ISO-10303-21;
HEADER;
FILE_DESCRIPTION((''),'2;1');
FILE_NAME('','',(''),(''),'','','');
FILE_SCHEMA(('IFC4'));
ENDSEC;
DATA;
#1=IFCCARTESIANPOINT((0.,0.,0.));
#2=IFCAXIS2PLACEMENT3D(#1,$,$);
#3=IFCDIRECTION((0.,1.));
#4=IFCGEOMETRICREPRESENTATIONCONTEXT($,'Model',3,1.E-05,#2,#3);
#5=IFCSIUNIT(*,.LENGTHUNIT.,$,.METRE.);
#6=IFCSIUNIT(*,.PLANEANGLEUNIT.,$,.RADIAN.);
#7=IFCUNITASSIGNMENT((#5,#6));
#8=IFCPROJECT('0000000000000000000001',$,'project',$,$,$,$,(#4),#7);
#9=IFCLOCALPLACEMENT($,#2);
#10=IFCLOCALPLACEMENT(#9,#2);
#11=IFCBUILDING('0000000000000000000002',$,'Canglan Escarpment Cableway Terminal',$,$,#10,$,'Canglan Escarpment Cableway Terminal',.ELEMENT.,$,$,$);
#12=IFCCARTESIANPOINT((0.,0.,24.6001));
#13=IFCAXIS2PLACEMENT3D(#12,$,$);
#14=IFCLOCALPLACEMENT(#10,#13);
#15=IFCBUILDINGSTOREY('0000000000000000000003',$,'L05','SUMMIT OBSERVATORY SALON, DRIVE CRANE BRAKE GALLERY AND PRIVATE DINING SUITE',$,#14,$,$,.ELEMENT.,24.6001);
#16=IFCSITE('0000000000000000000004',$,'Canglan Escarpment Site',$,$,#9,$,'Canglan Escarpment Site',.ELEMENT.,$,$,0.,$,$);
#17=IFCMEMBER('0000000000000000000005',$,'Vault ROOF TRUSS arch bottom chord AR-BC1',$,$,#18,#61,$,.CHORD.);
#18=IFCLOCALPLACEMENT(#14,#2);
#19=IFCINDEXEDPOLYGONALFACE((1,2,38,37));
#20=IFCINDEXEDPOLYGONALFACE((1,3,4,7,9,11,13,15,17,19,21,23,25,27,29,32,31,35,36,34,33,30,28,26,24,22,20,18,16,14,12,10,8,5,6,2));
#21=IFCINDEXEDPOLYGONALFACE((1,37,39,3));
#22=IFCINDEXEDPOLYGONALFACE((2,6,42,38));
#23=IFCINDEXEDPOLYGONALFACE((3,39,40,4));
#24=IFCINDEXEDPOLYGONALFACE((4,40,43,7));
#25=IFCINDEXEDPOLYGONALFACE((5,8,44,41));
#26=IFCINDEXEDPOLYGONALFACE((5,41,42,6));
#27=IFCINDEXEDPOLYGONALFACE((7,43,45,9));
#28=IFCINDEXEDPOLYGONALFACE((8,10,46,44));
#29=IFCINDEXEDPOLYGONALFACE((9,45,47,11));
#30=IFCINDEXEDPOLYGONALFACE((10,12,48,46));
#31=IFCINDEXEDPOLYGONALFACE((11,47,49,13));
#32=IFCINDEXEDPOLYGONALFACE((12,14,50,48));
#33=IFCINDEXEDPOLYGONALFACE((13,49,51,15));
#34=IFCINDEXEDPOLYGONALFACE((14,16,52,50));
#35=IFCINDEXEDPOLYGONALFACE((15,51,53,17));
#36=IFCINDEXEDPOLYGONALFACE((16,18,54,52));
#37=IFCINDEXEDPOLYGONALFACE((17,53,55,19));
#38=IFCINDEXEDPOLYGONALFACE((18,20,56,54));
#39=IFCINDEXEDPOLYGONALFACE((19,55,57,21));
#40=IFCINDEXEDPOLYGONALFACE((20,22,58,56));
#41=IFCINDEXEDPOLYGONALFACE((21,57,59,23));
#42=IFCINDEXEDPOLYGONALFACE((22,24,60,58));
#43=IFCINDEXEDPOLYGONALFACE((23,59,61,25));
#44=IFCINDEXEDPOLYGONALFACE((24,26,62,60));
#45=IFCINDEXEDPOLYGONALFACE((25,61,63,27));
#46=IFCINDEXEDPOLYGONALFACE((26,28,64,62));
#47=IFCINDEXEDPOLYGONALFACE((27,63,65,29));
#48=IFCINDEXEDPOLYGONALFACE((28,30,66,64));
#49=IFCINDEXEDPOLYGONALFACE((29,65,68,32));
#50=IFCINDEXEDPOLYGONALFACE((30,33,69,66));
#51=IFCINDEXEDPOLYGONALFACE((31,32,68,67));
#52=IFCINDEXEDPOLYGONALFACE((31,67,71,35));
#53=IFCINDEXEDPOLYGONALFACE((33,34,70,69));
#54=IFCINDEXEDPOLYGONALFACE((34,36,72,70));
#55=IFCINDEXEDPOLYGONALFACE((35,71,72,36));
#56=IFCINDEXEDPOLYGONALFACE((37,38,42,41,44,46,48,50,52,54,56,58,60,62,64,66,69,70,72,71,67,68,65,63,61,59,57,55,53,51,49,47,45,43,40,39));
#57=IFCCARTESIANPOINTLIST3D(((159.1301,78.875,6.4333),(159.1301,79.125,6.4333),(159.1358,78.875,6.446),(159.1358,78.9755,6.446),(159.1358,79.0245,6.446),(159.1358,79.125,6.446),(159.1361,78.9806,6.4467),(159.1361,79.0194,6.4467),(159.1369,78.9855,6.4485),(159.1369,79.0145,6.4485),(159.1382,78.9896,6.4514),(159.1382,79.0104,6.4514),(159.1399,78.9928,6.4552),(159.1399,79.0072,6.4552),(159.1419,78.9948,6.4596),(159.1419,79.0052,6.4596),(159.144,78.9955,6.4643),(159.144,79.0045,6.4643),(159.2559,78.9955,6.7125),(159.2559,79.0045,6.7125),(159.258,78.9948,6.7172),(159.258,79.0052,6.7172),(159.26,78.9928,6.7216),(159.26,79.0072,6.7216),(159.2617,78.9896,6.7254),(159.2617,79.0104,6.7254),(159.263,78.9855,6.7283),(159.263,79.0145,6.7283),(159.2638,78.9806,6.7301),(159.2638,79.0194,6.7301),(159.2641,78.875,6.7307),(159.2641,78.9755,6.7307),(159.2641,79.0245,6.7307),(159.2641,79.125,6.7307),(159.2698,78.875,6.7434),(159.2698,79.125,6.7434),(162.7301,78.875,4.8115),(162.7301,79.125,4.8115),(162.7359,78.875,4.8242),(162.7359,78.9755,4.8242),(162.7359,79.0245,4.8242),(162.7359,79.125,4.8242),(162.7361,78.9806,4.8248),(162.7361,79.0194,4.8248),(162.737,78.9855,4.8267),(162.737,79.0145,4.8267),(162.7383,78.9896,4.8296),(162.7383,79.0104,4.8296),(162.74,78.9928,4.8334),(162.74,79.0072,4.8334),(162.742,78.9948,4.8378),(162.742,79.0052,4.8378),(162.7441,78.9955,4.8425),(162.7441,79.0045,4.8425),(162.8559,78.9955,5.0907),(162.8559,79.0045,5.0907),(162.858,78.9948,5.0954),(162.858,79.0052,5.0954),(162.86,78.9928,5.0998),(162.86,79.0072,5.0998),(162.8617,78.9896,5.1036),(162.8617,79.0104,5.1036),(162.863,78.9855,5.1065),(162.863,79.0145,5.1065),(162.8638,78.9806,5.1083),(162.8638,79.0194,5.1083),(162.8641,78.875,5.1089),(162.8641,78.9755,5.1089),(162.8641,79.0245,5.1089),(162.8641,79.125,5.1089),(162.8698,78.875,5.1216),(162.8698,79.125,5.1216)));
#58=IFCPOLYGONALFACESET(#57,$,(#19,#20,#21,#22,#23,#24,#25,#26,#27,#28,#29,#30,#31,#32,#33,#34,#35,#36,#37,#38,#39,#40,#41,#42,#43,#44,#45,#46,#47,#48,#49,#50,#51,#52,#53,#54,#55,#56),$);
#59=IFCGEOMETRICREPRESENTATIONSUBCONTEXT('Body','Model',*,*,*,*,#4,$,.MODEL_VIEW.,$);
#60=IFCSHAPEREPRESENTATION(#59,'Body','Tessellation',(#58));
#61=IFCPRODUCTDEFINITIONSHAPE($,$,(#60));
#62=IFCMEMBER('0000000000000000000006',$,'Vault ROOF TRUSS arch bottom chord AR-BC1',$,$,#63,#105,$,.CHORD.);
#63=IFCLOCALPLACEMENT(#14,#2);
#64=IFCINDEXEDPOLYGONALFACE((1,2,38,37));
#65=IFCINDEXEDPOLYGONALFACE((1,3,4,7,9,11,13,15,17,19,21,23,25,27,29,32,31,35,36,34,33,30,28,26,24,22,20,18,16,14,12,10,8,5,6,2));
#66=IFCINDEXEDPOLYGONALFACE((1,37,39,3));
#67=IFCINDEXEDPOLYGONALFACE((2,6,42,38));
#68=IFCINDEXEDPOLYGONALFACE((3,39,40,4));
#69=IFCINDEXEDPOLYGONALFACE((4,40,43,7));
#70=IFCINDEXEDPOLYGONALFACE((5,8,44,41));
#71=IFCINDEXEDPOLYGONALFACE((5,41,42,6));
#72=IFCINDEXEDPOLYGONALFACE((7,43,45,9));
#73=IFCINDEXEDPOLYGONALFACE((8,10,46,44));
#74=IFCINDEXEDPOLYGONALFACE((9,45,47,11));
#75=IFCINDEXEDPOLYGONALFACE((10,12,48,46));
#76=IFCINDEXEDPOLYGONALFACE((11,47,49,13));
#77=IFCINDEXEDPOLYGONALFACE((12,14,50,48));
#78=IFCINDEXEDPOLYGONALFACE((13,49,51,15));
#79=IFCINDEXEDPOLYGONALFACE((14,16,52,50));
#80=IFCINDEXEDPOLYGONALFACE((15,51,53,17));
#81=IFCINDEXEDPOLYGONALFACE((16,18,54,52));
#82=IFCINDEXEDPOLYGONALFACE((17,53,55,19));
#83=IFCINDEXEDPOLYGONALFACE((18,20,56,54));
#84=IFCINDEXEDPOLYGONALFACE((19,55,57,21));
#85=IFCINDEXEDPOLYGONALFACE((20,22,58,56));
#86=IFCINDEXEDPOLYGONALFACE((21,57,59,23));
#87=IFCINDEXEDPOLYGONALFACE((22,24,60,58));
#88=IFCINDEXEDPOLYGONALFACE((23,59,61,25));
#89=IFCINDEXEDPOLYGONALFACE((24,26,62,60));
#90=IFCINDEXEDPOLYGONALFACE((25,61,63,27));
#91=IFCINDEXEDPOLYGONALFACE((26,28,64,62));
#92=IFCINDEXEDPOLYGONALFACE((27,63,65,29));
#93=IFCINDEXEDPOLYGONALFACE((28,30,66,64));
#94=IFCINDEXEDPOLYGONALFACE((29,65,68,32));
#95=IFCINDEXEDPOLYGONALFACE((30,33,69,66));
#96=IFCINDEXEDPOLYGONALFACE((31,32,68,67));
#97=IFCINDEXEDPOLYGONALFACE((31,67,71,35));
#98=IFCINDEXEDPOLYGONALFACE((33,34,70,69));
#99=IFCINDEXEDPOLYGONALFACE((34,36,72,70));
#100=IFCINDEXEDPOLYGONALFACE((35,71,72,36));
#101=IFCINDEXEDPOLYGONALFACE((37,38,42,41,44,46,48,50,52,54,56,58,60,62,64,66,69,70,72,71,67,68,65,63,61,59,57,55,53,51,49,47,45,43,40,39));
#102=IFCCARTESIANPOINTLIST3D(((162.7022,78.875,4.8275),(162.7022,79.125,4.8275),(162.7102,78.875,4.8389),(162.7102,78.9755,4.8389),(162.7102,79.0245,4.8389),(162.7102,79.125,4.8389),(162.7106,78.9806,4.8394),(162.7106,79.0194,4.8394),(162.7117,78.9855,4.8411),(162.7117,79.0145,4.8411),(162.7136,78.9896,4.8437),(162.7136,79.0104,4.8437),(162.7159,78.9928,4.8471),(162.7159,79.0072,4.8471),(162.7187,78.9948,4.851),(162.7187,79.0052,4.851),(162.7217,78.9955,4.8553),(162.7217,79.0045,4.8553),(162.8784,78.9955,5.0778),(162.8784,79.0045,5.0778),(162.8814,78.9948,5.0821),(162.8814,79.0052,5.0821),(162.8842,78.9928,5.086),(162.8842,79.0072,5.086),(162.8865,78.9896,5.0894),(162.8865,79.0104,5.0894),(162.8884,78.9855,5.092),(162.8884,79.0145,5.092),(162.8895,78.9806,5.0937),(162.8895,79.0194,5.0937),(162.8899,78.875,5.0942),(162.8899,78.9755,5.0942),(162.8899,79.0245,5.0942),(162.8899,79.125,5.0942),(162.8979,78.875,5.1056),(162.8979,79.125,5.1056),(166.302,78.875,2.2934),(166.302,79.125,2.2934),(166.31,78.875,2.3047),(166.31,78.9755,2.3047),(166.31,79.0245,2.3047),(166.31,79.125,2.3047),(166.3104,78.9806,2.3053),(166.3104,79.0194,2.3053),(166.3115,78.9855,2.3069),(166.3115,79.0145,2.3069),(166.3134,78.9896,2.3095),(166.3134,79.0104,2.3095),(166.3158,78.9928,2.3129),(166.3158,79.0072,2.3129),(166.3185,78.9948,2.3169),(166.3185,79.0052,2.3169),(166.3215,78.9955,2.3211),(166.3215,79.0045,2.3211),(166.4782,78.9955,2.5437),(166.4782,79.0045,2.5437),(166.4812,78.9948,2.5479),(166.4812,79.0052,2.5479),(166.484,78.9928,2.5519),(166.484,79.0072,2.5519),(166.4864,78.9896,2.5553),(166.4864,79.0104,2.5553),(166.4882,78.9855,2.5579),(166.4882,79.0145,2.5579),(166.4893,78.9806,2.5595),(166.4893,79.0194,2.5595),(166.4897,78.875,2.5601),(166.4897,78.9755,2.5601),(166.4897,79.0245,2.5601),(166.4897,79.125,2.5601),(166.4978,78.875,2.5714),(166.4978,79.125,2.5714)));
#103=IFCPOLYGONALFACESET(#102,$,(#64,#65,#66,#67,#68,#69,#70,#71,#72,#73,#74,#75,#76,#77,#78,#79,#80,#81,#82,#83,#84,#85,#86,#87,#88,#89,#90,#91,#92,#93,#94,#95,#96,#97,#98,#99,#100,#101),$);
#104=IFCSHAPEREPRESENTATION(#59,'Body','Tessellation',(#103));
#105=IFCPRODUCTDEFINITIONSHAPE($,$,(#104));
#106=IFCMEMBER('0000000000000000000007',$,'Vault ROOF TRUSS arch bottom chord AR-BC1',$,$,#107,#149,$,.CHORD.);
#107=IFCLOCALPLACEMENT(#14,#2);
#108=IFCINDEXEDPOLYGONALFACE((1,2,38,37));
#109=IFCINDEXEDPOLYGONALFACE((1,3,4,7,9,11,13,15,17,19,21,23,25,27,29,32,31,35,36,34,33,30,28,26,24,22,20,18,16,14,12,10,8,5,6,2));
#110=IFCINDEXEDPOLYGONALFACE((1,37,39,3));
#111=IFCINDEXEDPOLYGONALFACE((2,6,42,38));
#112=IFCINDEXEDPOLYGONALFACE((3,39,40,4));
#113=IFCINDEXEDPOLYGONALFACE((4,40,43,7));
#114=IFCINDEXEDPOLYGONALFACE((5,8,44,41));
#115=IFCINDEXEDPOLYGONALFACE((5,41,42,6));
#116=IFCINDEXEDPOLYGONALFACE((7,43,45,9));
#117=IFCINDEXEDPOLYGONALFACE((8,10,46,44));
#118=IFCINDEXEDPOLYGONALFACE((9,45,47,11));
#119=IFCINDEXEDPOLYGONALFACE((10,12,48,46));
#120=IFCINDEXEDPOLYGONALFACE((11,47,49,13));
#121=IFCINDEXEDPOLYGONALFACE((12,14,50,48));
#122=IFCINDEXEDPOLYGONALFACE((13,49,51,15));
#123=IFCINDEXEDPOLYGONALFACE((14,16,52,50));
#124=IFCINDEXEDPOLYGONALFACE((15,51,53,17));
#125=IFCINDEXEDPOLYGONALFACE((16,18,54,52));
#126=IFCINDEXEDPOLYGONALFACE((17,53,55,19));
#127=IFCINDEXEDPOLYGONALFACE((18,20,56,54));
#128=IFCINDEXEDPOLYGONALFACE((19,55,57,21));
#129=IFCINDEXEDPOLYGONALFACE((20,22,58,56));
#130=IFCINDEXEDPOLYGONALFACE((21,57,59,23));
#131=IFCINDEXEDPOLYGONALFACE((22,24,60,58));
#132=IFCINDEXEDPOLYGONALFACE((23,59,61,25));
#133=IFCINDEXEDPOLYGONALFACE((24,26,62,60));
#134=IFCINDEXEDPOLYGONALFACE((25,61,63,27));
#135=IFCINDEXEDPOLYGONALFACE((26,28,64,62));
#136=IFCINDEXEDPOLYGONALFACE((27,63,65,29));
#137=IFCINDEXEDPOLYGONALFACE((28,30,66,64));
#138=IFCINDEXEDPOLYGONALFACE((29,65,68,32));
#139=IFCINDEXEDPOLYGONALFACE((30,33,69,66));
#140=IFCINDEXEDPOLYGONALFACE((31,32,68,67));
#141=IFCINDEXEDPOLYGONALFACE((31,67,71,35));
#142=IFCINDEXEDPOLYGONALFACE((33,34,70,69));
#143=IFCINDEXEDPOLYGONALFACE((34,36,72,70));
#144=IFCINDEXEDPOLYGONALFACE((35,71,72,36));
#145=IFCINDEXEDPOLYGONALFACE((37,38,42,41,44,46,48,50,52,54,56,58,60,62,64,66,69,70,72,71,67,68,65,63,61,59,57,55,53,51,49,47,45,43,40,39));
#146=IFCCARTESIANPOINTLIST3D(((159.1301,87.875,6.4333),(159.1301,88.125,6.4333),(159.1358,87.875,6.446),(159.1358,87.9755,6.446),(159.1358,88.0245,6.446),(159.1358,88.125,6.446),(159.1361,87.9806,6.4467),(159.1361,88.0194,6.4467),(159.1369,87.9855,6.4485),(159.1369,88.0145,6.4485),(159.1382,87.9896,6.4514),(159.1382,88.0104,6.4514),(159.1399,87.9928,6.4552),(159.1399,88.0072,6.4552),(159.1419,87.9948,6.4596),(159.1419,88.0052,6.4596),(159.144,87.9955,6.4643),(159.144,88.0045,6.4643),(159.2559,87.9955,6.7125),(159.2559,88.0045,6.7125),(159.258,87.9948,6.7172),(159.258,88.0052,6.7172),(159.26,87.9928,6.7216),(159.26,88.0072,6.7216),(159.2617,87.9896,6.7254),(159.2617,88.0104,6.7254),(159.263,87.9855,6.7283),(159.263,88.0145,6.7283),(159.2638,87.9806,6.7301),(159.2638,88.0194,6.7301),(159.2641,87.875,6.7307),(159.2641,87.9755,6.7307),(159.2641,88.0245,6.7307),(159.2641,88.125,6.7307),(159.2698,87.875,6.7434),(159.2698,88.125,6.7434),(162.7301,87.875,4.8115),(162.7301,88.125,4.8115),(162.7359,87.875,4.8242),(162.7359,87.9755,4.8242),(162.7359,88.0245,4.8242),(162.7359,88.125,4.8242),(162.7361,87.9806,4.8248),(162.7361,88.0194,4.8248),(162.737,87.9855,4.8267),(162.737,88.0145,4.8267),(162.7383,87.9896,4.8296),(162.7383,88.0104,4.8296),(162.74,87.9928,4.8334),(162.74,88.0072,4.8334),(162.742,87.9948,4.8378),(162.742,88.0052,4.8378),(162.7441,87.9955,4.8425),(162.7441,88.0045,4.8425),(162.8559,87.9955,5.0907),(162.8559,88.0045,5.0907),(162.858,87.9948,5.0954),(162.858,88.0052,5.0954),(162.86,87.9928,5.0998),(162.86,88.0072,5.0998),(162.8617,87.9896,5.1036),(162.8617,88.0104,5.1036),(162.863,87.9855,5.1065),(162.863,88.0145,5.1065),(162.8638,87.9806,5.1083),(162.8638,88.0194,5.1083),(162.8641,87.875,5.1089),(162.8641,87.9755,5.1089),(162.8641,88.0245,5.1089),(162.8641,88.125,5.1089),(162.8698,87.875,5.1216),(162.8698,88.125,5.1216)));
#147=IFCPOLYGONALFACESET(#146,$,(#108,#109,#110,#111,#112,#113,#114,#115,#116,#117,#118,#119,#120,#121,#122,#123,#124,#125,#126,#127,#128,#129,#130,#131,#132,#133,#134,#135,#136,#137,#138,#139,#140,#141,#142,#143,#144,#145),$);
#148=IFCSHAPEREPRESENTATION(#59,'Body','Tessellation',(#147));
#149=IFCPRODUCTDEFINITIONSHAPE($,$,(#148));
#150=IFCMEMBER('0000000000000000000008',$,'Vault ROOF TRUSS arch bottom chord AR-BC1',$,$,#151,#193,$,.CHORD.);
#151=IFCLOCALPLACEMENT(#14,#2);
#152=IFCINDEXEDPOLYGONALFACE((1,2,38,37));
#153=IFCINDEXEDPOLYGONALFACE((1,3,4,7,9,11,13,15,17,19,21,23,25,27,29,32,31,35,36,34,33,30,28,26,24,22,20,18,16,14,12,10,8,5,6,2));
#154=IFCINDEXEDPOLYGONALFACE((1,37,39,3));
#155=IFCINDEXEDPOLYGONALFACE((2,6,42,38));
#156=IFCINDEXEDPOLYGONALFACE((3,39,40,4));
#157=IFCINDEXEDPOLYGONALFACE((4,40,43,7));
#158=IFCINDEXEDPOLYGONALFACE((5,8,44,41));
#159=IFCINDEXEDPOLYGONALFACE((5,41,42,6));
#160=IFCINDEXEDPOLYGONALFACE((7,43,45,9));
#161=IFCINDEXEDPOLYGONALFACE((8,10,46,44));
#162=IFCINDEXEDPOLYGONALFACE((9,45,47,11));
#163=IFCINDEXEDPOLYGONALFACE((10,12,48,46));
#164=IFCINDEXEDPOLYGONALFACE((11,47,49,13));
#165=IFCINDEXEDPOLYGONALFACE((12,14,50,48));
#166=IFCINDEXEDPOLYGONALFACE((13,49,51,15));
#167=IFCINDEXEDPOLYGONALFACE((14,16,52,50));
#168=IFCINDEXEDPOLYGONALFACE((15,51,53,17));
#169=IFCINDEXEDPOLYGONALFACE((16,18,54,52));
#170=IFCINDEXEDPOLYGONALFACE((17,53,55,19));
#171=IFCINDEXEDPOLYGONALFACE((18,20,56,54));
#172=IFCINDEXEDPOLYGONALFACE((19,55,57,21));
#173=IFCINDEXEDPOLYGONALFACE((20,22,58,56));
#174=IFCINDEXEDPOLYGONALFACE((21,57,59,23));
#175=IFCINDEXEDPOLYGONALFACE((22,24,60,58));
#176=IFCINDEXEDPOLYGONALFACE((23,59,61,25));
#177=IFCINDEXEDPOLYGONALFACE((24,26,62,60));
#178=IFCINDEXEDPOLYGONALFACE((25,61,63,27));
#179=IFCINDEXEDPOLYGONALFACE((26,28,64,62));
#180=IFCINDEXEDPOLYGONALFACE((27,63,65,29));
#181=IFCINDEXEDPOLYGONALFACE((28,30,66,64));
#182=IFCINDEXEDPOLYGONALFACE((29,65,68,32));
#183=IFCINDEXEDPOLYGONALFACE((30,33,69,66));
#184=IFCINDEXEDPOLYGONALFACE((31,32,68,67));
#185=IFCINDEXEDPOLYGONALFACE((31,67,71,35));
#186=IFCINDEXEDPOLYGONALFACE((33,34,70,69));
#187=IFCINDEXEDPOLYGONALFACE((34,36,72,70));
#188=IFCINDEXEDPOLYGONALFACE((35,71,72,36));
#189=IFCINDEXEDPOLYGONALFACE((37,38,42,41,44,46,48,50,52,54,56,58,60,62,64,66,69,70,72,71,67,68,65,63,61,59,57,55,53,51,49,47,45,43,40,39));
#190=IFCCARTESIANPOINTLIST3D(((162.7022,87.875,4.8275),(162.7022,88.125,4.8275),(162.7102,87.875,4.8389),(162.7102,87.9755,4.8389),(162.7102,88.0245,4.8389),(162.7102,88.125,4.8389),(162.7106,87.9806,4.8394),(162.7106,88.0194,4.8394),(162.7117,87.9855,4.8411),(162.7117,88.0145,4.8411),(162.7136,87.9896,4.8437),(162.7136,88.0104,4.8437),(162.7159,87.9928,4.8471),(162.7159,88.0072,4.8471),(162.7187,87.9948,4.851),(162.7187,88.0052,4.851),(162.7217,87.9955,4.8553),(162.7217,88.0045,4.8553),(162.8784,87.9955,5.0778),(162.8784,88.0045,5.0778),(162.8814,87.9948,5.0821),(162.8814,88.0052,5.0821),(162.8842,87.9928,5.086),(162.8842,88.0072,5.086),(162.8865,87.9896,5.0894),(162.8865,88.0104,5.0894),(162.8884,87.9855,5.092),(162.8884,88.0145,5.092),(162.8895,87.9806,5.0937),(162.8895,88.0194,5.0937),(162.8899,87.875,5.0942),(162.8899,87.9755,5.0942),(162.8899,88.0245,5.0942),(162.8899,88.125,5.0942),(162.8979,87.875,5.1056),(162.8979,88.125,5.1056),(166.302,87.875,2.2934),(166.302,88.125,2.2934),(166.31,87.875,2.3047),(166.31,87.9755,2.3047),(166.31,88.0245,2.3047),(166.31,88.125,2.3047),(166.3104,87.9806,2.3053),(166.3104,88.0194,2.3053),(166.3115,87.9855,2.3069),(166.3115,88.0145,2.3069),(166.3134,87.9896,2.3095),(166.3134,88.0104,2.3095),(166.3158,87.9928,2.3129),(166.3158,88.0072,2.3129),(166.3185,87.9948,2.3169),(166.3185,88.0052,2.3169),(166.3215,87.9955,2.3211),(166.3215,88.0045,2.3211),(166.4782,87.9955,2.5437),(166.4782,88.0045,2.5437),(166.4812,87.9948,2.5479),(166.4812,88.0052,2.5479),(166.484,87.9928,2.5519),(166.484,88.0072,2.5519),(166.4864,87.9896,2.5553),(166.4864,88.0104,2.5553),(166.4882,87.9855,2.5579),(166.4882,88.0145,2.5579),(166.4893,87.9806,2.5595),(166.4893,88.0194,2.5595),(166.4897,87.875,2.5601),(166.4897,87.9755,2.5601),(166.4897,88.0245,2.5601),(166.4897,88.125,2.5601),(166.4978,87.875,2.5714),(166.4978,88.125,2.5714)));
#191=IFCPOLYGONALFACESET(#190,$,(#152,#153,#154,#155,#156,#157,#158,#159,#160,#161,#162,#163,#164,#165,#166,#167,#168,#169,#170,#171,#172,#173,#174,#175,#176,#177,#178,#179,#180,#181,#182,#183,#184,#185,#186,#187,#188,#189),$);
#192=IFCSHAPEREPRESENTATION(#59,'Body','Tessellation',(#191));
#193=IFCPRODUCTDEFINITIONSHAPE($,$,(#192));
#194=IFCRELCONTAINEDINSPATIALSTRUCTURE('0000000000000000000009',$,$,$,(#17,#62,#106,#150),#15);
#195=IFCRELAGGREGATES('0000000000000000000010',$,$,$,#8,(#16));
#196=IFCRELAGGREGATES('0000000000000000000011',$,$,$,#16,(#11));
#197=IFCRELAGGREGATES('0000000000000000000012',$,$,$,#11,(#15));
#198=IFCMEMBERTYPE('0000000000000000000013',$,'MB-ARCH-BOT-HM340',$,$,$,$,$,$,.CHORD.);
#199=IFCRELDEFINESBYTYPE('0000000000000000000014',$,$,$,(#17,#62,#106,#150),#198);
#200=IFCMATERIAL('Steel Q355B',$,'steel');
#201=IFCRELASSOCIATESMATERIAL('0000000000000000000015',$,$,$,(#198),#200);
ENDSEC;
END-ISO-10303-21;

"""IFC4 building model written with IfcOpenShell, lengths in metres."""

from ifc_helpers import new_model, si_unit, direction, frame, origin, origin_2d, place, context, subcontext, project, spatial, i_section, extrude, material, material_profile, profile_set, type_object, element, save


model = new_model("IFC4")

# Units and contexts
model_context = context("Model", 3, precision=1e-05, world=origin(), true_north=direction((0.0, 1.0)))
body_context = subcontext(model_context, "Body", "Model", "MODEL_VIEW")
ifc_project = project(units=[si_unit("LENGTHUNIT", "METRE"), si_unit("PLANEANGLEUNIT", "RADIAN")], contexts=[model_context])

# Site, building, storey
site_placement = place(None, origin())
site = spatial("IfcSite", under=ifc_project, at=site_placement, Name="Canglan Escarpment Site", LongName="Canglan Escarpment Site", CompositionType="ELEMENT", RefElevation=0.0)
building_placement = place(site_placement, origin())
building = spatial("IfcBuilding", under=site, at=building_placement, Name="Canglan Escarpment Cableway Terminal", LongName="Canglan Escarpment Cableway Terminal", CompositionType="ELEMENT")
storey_placement = place(building_placement, frame((0.0, 0.0, 24.6001)))
storey = spatial("IfcBuildingStorey", under=building, at=storey_placement, Name="L05", Description="SUMMIT OBSERVATORY SALON, DRIVE CRANE BRAKE GALLERY AND PRIVATE DINING SUITE", CompositionType="ELEMENT", Elevation=24.6001)

# Shared definitions
ifc_material = material(Name="Steel Q355B", Category="steel")

# Members
ifc_material_profile_1 = material_profile(ifc_material, i_section(OverallWidth=0.25, OverallDepth=0.3401, WebThickness=0.009, FlangeThickness=0.0139, FilletRadius=0.02, at=origin_2d()), Name="HM 340x250x9x14")
ifc_profile_set_1 = profile_set([ifc_material_profile_1], Name="Steel Q355B")
member_type_1 = type_object("IfcMemberType", Name="MB-ARCH-BOT-HM340", PredefinedType="CHORD", material=ifc_profile_set_1)
member_1_placement = place(storey_placement, frame((159.2, 79.0, 6.5884), z_axis=(0.911753, 0.0, -0.41074), x_axis=(0.0, 1.0, 0.0)))
element("IfcMember", 1, at=member_1_placement, inside=storey, type_object=member_type_1, Name="Vault ROOF TRUSS arch bottom chord AR-BC1", PredefinedType="CHORD", context=body_context, shape_type="SweptSolid", body=[
    extrude(i_section(OverallWidth=0.25, OverallDepth=0.3401, WebThickness=0.009, FlangeThickness=0.0139, FilletRadius=0.02, at=origin_2d()), origin(), (0.0, 0.0, 1.0), 3.9485),
])
member_2_placement = place(storey_placement, frame((162.8, 79.0, 4.9666), z_axis=(0.817705, 0.0, -0.575638), x_axis=(0.0, 1.0, 0.0)))
element("IfcMember", 2, at=member_2_placement, inside=storey, type_object=member_type_1, Name="Vault ROOF TRUSS arch bottom chord AR-BC1", PredefinedType="CHORD", context=body_context, shape_type="SweptSolid", body=[
    extrude(i_section(OverallWidth=0.25, OverallDepth=0.3401, WebThickness=0.009, FlangeThickness=0.0139, FilletRadius=0.02, at=origin_2d()), origin(), (0.0, 0.0, 1.0), 4.4023),
])
member_3_placement = place(storey_placement, frame((159.2, 88.0, 6.5884), z_axis=(0.911753, 0.0, -0.41074), x_axis=(0.0, 1.0, 0.0)))
element("IfcMember", 3, at=member_3_placement, inside=storey, type_object=member_type_1, Name="Vault ROOF TRUSS arch bottom chord AR-BC1", PredefinedType="CHORD", context=body_context, shape_type="SweptSolid", body=[
    extrude(i_section(OverallWidth=0.25, OverallDepth=0.3401, WebThickness=0.009, FlangeThickness=0.0139, FilletRadius=0.02, at=origin_2d()), origin(), (0.0, 0.0, 1.0), 3.9485),
])
member_4_placement = place(storey_placement, frame((162.8, 88.0, 4.9666), z_axis=(0.817705, 0.0, -0.575638), x_axis=(0.0, 1.0, 0.0)))
element("IfcMember", 4, at=member_4_placement, inside=storey, type_object=member_type_1, Name="Vault ROOF TRUSS arch bottom chord AR-BC1", PredefinedType="CHORD", context=body_context, shape_type="SweptSolid", body=[
    extrude(i_section(OverallWidth=0.25, OverallDepth=0.3401, WebThickness=0.009, FlangeThickness=0.0139, FilletRadius=0.02, at=origin_2d()), origin(), (0.0, 0.0, 1.0), 4.4023),
])

save(model, "model.ifc")
